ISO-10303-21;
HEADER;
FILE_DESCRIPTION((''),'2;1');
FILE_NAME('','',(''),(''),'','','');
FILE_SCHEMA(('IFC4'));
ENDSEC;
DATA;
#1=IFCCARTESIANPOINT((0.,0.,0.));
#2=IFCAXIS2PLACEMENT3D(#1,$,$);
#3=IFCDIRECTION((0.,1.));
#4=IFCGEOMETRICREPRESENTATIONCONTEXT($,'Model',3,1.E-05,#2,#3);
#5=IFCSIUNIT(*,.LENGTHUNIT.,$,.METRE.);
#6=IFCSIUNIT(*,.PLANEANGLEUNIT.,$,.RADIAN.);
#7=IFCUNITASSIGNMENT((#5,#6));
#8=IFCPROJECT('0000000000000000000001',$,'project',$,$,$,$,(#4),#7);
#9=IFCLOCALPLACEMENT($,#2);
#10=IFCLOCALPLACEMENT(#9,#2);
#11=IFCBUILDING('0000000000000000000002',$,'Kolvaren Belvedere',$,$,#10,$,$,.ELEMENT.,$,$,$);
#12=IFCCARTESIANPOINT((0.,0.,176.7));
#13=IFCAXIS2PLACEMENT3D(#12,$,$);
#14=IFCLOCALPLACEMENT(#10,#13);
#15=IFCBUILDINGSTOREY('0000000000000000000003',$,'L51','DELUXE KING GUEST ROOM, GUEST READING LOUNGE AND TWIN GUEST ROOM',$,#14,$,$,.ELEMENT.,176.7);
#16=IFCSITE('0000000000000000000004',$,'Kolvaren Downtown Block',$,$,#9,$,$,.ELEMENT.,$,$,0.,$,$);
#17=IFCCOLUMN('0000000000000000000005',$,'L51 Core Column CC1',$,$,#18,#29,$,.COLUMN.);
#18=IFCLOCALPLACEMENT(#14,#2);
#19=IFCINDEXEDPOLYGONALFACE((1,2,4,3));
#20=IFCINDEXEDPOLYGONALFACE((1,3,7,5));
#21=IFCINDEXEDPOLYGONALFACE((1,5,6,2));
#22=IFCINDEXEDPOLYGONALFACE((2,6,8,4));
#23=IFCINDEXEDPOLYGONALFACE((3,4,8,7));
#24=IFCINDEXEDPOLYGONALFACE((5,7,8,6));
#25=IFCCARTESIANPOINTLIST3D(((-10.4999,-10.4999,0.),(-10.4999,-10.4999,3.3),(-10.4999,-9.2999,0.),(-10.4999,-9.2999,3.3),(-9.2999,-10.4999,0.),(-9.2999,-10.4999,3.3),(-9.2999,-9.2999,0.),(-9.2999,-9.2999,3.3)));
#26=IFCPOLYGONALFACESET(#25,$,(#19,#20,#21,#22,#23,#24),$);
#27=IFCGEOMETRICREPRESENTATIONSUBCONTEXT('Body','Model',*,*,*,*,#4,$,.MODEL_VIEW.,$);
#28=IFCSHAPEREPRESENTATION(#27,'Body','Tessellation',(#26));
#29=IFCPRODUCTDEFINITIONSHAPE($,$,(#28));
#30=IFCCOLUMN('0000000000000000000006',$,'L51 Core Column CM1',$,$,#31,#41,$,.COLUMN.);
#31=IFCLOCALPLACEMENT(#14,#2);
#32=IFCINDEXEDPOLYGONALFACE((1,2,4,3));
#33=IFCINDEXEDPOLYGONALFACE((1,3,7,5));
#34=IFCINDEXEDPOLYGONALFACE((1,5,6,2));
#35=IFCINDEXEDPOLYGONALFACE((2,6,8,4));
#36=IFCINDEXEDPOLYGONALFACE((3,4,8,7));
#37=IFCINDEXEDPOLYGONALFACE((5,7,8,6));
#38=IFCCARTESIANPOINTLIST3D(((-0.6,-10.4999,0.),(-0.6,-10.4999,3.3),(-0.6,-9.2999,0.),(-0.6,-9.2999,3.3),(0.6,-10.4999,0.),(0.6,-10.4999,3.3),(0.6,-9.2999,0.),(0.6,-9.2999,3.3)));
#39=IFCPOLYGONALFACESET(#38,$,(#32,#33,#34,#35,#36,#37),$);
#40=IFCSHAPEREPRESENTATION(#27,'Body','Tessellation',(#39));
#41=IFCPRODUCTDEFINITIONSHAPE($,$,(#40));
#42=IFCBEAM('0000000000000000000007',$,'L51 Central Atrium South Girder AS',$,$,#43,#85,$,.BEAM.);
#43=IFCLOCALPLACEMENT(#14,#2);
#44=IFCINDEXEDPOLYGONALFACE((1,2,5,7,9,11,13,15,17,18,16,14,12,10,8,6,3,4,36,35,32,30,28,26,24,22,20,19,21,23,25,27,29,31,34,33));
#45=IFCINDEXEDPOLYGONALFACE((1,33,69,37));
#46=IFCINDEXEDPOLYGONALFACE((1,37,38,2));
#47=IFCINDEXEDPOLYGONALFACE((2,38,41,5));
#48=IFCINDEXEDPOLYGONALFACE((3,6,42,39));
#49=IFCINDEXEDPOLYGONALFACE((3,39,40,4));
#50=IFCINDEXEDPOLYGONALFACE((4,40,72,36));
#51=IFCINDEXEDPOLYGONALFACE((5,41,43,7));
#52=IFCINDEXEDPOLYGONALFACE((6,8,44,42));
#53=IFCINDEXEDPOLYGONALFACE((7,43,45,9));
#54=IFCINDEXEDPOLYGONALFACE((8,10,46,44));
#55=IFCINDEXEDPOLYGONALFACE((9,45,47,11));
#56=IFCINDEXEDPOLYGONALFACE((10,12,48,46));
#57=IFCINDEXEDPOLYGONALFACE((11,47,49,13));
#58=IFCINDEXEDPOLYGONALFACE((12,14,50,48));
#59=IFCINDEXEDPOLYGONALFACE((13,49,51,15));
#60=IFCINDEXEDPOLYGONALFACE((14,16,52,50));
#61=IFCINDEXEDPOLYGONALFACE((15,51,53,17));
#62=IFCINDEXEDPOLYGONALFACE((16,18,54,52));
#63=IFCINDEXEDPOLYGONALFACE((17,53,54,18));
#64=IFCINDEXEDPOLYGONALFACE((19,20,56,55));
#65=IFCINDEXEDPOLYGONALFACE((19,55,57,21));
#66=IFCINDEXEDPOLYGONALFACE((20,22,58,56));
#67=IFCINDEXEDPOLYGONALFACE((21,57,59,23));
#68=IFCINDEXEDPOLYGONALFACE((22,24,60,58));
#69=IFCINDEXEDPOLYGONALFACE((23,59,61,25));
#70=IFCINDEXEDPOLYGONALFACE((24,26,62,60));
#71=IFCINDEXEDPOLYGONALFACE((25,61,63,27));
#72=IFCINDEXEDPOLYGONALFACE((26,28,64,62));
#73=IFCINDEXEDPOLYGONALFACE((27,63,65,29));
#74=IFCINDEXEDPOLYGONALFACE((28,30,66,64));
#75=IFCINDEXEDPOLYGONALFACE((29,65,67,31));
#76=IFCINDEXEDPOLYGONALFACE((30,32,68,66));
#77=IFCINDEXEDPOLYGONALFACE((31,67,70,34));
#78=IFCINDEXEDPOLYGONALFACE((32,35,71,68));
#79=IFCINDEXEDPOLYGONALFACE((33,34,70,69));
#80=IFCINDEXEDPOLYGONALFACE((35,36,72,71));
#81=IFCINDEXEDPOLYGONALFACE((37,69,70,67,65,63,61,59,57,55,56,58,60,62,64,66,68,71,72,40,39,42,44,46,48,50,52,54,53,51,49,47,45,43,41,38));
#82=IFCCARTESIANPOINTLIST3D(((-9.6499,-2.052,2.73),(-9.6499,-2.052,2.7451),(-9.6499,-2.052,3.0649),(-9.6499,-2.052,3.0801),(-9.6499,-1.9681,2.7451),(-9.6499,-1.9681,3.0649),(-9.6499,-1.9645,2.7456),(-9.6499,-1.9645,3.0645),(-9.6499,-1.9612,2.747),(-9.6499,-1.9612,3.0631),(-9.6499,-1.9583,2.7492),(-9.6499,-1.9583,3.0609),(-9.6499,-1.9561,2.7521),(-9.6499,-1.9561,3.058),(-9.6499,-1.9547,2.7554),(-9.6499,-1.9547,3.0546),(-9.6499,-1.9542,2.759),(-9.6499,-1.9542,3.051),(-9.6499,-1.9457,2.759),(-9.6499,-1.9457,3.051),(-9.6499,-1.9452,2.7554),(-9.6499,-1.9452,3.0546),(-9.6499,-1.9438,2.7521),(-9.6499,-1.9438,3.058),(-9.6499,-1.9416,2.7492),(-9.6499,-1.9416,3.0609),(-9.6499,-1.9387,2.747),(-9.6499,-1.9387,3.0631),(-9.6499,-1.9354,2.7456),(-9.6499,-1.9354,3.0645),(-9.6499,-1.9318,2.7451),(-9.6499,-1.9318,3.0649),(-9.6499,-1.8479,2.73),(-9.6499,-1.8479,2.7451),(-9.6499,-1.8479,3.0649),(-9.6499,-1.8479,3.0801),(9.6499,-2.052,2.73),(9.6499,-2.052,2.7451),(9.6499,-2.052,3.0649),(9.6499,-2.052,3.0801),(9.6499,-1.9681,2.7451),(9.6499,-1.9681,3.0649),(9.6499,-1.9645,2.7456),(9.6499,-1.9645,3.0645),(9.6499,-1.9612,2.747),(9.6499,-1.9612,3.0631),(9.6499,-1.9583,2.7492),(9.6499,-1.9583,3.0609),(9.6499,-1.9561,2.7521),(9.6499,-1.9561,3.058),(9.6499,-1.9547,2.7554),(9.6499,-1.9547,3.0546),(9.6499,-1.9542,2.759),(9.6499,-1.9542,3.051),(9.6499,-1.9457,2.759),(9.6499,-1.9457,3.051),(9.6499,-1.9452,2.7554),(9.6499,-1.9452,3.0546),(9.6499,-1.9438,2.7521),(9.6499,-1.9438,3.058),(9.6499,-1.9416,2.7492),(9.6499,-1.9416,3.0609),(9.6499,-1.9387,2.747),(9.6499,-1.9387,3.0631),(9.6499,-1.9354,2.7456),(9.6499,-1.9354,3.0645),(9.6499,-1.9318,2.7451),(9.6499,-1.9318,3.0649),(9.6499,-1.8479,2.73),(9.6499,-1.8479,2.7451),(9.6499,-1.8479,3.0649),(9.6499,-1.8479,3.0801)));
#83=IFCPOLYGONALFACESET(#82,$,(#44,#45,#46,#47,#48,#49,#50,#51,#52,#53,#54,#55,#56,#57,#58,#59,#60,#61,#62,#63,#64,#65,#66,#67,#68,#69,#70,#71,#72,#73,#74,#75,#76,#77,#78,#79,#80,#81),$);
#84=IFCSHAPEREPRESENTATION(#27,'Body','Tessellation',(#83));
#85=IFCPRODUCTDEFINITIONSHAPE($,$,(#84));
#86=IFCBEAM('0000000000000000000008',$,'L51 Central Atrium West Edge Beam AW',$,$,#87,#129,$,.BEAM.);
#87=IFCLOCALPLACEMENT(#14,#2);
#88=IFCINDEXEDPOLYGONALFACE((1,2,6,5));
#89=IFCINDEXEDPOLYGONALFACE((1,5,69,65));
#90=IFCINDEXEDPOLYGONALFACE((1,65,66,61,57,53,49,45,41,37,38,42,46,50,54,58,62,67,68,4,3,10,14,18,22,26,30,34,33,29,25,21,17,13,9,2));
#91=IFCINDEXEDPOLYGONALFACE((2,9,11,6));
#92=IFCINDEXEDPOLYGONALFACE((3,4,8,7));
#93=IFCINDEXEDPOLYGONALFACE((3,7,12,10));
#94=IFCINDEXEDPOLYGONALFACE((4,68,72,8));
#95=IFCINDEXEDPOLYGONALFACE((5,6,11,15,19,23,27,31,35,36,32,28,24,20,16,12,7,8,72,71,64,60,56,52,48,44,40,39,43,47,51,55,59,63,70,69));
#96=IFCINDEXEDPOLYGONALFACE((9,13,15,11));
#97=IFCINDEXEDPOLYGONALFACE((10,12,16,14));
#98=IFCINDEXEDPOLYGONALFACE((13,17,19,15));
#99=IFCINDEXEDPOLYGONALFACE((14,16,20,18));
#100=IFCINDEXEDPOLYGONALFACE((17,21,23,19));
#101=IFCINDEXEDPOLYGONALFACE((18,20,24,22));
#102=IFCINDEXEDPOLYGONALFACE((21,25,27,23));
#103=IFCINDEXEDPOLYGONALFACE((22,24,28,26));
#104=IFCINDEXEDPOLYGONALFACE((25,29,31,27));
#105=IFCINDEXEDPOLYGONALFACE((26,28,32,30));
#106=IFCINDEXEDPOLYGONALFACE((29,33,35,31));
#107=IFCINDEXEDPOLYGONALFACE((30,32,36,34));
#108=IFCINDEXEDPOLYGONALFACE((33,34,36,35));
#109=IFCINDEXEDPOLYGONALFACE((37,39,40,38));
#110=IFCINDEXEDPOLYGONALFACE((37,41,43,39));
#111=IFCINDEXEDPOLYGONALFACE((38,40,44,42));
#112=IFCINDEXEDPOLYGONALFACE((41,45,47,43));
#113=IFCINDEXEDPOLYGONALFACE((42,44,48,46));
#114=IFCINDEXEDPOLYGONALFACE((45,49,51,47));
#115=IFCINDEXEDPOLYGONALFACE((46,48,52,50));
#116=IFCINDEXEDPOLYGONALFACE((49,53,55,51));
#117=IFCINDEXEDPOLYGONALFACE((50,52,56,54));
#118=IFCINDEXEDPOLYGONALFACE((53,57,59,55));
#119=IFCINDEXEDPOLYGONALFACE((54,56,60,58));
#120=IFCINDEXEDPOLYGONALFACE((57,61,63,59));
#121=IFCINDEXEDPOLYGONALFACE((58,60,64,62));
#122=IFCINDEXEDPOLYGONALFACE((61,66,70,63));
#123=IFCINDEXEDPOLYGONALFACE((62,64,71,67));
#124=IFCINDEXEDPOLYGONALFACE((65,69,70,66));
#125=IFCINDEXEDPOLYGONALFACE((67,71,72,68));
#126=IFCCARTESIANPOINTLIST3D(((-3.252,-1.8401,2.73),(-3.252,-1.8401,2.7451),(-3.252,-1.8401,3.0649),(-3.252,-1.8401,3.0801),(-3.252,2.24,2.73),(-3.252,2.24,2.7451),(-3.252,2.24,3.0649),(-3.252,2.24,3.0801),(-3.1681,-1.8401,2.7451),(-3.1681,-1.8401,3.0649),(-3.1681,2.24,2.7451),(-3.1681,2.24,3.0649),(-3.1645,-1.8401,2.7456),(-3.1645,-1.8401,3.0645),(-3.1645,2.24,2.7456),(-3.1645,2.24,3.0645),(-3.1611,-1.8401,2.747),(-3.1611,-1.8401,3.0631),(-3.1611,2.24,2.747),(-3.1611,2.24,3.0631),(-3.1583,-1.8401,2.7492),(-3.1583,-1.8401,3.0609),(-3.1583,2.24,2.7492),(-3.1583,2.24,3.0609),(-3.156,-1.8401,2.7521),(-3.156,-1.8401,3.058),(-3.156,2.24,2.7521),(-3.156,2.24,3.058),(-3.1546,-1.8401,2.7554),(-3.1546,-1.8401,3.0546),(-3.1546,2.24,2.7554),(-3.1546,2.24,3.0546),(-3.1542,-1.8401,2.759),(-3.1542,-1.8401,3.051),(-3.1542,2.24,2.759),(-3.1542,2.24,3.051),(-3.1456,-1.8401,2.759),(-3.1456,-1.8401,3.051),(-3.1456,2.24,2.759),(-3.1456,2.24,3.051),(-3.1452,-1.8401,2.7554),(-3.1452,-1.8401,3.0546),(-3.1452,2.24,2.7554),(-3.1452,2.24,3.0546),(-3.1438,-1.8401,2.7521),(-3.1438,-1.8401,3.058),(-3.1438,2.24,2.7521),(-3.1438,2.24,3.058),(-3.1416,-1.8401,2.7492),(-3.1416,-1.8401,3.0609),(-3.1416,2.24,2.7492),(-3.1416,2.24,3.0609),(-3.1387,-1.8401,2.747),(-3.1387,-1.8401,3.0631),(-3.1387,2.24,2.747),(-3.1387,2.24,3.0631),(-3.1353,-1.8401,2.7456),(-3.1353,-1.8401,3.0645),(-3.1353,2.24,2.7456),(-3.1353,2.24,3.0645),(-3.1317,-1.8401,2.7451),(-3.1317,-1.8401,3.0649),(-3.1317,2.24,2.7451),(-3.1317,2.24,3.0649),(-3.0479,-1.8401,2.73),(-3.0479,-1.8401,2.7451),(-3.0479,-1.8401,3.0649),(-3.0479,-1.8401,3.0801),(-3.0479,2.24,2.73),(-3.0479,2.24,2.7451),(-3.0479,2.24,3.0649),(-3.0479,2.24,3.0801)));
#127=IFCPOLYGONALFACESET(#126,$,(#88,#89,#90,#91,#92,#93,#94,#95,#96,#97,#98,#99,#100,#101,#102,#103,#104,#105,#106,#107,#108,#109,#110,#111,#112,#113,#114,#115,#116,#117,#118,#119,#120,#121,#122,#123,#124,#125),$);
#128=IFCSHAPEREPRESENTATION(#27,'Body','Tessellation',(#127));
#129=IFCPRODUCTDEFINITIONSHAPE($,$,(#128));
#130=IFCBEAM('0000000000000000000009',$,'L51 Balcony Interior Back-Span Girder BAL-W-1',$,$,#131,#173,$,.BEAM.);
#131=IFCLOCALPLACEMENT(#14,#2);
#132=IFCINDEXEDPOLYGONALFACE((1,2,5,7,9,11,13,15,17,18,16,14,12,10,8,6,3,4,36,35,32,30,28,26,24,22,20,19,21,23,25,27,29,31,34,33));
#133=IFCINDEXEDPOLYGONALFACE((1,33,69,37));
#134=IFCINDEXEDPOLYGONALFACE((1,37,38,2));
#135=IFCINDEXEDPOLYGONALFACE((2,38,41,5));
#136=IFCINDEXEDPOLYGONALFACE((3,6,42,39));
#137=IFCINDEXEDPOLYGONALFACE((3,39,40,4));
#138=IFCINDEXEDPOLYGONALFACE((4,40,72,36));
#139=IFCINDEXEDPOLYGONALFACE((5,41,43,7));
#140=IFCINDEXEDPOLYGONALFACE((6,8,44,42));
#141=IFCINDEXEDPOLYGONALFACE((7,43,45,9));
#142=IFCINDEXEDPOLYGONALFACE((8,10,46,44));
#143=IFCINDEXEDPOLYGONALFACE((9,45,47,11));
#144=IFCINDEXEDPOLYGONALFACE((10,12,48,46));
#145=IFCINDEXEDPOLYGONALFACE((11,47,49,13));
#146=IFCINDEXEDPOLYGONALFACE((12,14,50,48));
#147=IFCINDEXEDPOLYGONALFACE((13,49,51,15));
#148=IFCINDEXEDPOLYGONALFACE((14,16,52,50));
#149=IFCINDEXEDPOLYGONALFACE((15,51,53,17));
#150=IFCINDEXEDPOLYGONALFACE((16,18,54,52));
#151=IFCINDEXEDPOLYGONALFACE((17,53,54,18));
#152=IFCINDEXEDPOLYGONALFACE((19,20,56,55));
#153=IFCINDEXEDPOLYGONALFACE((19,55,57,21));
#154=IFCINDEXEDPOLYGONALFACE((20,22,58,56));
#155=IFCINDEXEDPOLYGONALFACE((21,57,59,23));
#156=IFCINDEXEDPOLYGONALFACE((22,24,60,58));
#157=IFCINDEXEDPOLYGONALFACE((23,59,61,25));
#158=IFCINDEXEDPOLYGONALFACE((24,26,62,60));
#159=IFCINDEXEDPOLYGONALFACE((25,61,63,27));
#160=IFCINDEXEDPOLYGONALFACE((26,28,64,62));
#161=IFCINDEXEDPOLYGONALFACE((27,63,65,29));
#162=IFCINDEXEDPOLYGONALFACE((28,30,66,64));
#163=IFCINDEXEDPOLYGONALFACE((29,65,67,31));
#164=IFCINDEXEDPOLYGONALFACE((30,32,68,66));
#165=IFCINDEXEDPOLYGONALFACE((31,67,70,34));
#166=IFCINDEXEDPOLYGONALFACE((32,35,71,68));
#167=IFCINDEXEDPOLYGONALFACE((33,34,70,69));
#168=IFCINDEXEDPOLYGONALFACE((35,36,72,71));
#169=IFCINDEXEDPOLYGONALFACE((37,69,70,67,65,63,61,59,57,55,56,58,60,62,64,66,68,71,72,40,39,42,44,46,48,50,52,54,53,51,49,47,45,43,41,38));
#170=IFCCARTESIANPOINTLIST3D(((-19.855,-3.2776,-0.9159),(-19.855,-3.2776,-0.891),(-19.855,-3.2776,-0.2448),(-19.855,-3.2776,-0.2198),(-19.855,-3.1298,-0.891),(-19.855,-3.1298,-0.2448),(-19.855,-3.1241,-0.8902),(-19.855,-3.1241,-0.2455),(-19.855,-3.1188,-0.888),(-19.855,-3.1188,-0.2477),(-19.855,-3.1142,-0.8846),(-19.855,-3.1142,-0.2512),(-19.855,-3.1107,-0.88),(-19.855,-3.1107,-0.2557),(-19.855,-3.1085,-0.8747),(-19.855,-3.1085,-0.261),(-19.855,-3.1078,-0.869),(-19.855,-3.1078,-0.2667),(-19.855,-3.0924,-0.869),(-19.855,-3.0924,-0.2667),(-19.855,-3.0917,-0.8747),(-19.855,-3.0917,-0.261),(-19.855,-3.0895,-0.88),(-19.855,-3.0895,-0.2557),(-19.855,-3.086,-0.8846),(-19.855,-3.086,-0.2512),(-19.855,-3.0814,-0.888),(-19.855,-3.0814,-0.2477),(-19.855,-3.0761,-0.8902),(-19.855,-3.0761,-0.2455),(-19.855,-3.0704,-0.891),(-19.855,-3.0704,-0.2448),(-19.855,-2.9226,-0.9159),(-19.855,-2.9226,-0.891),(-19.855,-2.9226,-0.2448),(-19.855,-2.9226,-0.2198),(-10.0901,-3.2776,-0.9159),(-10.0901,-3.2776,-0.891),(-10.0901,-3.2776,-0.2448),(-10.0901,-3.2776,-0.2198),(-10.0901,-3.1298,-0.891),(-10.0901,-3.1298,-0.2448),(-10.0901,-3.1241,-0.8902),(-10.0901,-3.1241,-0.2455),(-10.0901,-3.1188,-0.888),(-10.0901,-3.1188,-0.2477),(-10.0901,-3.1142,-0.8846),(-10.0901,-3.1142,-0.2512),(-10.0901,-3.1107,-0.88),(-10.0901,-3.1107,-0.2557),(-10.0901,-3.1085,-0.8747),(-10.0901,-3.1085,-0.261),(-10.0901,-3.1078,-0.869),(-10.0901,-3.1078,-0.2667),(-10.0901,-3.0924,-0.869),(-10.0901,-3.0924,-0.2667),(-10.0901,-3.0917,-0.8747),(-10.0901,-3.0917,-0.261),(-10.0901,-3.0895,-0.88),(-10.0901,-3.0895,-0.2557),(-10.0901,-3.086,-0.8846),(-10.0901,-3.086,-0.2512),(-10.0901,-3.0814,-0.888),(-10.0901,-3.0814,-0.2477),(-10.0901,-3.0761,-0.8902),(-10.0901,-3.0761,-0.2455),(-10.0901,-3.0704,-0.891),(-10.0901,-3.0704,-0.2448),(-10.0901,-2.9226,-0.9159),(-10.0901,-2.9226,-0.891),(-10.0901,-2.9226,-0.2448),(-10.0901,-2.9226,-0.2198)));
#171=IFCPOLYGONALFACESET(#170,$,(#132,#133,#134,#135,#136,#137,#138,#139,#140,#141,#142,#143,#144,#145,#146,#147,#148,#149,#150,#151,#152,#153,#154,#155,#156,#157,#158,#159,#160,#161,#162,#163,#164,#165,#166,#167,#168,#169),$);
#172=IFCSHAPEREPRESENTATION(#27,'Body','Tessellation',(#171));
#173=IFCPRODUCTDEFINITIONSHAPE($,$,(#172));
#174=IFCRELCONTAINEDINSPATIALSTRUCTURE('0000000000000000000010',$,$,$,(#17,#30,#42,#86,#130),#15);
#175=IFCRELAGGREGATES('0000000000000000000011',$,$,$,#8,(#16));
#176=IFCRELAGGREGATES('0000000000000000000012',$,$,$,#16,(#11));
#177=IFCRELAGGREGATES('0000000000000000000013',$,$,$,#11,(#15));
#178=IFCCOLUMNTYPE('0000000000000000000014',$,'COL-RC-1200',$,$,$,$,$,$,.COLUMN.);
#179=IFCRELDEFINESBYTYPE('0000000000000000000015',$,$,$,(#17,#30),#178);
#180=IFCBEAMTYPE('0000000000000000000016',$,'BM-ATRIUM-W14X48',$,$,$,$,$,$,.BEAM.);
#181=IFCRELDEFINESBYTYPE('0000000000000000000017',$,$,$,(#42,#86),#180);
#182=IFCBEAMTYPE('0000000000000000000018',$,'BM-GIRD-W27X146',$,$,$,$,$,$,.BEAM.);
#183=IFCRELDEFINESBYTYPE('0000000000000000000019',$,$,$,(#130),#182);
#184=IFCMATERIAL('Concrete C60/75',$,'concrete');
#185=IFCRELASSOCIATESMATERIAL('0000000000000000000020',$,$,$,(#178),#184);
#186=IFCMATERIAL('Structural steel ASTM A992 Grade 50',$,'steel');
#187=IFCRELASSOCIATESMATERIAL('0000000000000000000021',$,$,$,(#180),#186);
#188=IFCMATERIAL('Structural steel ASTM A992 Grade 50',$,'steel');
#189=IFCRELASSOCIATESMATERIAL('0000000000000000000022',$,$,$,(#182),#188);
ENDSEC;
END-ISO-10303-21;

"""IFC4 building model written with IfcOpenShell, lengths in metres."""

from ifc_helpers import new_model, si_unit, direction, frame, origin, origin_2d, place, context, subcontext, project, spatial, rectangle, i_section, extrude, material, material_profile, profile_set, type_object, element, save


model = new_model("IFC4")

# Units and contexts
model_context = context("Model", 3, precision=1e-05, world=origin(), true_north=direction((0.0, 1.0)))
body_context = subcontext(model_context, "Body", "Model", "MODEL_VIEW")
ifc_project = project(units=[si_unit("LENGTHUNIT", "METRE"), si_unit("PLANEANGLEUNIT", "RADIAN")], contexts=[model_context])

# Site, building, storey
site_placement = place(None, origin())
site = spatial("IfcSite", under=ifc_project, at=site_placement, Name="Kolvaren Downtown Block", CompositionType="ELEMENT", RefElevation=0.0)
building_placement = place(site_placement, origin())
building = spatial("IfcBuilding", under=site, at=building_placement, Name="Kolvaren Belvedere", CompositionType="ELEMENT")
storey_placement = place(building_placement, frame((0.0, 0.0, 176.7)))
storey = spatial("IfcBuildingStorey", under=building, at=storey_placement, Name="L51", Description="DELUXE KING GUEST ROOM, GUEST READING LOUNGE AND TWIN GUEST ROOM", CompositionType="ELEMENT", Elevation=176.7)

# Columns
ifc_material_1 = material(Name="Concrete C60/75", Category="concrete")
ifc_material_profile_1 = material_profile(ifc_material_1, rectangle(XDim=1.2, YDim=1.2, at=origin_2d()), Name="RC 1200X1200")
ifc_profile_set_1 = profile_set([ifc_material_profile_1], Name="Concrete C60/75")
column_type = type_object("IfcColumnType", Name="COL-RC-1200", PredefinedType="COLUMN", material=ifc_profile_set_1)
for number, where, z_axis, x_axis, name in (
    (1, (-9.8999, -9.8999, 0.0), (0.0, 0.0, 1.0), (1.0, 0.0, 0.0), "L51 Core Column CC1"),
    (2, (0.0, -9.8999, 0.0), (0.0, 0.0, 1.0), (1.0, 0.0, 0.0), "L51 Core Column CM1"),
):
    element("IfcColumn", number, at=place(storey_placement, frame(where, z_axis=z_axis, x_axis=x_axis)), inside=storey, type_object=column_type, Name=name, PredefinedType="COLUMN", context=body_context, shape_type="SweptSolid", body=[
        extrude(rectangle(XDim=1.2, YDim=1.2, at=origin_2d()), origin(), (0.0, 0.0, 1.0), 3.3),
    ])

# Beams
ifc_material_2 = material(Name="Structural steel ASTM A992 Grade 50", Category="steel")
ifc_material_profile_2 = material_profile(ifc_material_2, i_section(OverallWidth=0.2041, OverallDepth=0.3501, WebThickness=0.0085, FlangeThickness=0.0151, FilletRadius=0.0139, at=origin_2d()), Name="W14X48")
ifc_profile_set_2 = profile_set([ifc_material_profile_2], Name="Structural steel ASTM A992 Grade 50")
beam_type_1 = type_object("IfcBeamType", Name="BM-ATRIUM-W14X48", PredefinedType="BEAM", material=ifc_profile_set_2)
beam_1_placement = place(storey_placement, frame((-9.6499, -1.95, 2.905), z_axis=(1.0, 0.0, 0.0), x_axis=(0.0, 1.0, 0.0)))
element("IfcBeam", 3, at=beam_1_placement, inside=storey, type_object=beam_type_1, Name="L51 Central Atrium South Girder AS", PredefinedType="BEAM", context=body_context, shape_type="SweptSolid", body=[
    extrude(i_section(OverallWidth=0.2041, OverallDepth=0.3501, WebThickness=0.0085, FlangeThickness=0.0151, FilletRadius=0.0139, at=origin_2d()), origin(), (0.0, 0.0, 1.0), 19.2998),
])
beam_2_placement = place(storey_placement, frame((-3.1499, -1.8401, 2.905), z_axis=(0.0, 1.0, 0.0), x_axis=(-1.0, 0.0, 0.0)))
element("IfcBeam", 4, at=beam_2_placement, inside=storey, type_object=beam_type_1, Name="L51 Central Atrium West Edge Beam AW", PredefinedType="BEAM", context=body_context, shape_type="SweptSolid", body=[
    extrude(i_section(OverallWidth=0.2041, OverallDepth=0.3501, WebThickness=0.0085, FlangeThickness=0.0151, FilletRadius=0.0139, at=origin_2d()), origin(), (0.0, 0.0, 1.0), 4.0801),
])
ifc_material_3 = material(Name="Structural steel ASTM A992 Grade 50", Category="steel")
ifc_material_profile_3 = material_profile(ifc_material_3, i_section(OverallWidth=0.355, OverallDepth=0.696, WebThickness=0.0154, FlangeThickness=0.0249, FilletRadius=0.022, at=origin_2d()), Name="W27X146")
ifc_profile_set_3 = profile_set([ifc_material_profile_3], Name="Structural steel ASTM A992 Grade 50")
beam_type_2 = type_object("IfcBeamType", Name="BM-GIRD-W27X146", PredefinedType="BEAM", material=ifc_profile_set_3)
beam_3_placement = place(storey_placement, frame((-10.0901, -3.1001, -0.5679), z_axis=(-1.0, 0.0, 0.0), x_axis=(0.0, -1.0, 0.0)))
element("IfcBeam", 5, at=beam_3_placement, inside=storey, type_object=beam_type_2, Name="L51 Balcony Interior Back-Span Girder BAL-W-1", PredefinedType="BEAM", context=body_context, shape_type="SweptSolid", body=[
    extrude(i_section(OverallWidth=0.355, OverallDepth=0.696, WebThickness=0.0154, FlangeThickness=0.0249, FilletRadius=0.022, at=origin_2d()), origin(), (0.0, 0.0, 1.0), 9.7649),
])

save(model, "model.ifc")
